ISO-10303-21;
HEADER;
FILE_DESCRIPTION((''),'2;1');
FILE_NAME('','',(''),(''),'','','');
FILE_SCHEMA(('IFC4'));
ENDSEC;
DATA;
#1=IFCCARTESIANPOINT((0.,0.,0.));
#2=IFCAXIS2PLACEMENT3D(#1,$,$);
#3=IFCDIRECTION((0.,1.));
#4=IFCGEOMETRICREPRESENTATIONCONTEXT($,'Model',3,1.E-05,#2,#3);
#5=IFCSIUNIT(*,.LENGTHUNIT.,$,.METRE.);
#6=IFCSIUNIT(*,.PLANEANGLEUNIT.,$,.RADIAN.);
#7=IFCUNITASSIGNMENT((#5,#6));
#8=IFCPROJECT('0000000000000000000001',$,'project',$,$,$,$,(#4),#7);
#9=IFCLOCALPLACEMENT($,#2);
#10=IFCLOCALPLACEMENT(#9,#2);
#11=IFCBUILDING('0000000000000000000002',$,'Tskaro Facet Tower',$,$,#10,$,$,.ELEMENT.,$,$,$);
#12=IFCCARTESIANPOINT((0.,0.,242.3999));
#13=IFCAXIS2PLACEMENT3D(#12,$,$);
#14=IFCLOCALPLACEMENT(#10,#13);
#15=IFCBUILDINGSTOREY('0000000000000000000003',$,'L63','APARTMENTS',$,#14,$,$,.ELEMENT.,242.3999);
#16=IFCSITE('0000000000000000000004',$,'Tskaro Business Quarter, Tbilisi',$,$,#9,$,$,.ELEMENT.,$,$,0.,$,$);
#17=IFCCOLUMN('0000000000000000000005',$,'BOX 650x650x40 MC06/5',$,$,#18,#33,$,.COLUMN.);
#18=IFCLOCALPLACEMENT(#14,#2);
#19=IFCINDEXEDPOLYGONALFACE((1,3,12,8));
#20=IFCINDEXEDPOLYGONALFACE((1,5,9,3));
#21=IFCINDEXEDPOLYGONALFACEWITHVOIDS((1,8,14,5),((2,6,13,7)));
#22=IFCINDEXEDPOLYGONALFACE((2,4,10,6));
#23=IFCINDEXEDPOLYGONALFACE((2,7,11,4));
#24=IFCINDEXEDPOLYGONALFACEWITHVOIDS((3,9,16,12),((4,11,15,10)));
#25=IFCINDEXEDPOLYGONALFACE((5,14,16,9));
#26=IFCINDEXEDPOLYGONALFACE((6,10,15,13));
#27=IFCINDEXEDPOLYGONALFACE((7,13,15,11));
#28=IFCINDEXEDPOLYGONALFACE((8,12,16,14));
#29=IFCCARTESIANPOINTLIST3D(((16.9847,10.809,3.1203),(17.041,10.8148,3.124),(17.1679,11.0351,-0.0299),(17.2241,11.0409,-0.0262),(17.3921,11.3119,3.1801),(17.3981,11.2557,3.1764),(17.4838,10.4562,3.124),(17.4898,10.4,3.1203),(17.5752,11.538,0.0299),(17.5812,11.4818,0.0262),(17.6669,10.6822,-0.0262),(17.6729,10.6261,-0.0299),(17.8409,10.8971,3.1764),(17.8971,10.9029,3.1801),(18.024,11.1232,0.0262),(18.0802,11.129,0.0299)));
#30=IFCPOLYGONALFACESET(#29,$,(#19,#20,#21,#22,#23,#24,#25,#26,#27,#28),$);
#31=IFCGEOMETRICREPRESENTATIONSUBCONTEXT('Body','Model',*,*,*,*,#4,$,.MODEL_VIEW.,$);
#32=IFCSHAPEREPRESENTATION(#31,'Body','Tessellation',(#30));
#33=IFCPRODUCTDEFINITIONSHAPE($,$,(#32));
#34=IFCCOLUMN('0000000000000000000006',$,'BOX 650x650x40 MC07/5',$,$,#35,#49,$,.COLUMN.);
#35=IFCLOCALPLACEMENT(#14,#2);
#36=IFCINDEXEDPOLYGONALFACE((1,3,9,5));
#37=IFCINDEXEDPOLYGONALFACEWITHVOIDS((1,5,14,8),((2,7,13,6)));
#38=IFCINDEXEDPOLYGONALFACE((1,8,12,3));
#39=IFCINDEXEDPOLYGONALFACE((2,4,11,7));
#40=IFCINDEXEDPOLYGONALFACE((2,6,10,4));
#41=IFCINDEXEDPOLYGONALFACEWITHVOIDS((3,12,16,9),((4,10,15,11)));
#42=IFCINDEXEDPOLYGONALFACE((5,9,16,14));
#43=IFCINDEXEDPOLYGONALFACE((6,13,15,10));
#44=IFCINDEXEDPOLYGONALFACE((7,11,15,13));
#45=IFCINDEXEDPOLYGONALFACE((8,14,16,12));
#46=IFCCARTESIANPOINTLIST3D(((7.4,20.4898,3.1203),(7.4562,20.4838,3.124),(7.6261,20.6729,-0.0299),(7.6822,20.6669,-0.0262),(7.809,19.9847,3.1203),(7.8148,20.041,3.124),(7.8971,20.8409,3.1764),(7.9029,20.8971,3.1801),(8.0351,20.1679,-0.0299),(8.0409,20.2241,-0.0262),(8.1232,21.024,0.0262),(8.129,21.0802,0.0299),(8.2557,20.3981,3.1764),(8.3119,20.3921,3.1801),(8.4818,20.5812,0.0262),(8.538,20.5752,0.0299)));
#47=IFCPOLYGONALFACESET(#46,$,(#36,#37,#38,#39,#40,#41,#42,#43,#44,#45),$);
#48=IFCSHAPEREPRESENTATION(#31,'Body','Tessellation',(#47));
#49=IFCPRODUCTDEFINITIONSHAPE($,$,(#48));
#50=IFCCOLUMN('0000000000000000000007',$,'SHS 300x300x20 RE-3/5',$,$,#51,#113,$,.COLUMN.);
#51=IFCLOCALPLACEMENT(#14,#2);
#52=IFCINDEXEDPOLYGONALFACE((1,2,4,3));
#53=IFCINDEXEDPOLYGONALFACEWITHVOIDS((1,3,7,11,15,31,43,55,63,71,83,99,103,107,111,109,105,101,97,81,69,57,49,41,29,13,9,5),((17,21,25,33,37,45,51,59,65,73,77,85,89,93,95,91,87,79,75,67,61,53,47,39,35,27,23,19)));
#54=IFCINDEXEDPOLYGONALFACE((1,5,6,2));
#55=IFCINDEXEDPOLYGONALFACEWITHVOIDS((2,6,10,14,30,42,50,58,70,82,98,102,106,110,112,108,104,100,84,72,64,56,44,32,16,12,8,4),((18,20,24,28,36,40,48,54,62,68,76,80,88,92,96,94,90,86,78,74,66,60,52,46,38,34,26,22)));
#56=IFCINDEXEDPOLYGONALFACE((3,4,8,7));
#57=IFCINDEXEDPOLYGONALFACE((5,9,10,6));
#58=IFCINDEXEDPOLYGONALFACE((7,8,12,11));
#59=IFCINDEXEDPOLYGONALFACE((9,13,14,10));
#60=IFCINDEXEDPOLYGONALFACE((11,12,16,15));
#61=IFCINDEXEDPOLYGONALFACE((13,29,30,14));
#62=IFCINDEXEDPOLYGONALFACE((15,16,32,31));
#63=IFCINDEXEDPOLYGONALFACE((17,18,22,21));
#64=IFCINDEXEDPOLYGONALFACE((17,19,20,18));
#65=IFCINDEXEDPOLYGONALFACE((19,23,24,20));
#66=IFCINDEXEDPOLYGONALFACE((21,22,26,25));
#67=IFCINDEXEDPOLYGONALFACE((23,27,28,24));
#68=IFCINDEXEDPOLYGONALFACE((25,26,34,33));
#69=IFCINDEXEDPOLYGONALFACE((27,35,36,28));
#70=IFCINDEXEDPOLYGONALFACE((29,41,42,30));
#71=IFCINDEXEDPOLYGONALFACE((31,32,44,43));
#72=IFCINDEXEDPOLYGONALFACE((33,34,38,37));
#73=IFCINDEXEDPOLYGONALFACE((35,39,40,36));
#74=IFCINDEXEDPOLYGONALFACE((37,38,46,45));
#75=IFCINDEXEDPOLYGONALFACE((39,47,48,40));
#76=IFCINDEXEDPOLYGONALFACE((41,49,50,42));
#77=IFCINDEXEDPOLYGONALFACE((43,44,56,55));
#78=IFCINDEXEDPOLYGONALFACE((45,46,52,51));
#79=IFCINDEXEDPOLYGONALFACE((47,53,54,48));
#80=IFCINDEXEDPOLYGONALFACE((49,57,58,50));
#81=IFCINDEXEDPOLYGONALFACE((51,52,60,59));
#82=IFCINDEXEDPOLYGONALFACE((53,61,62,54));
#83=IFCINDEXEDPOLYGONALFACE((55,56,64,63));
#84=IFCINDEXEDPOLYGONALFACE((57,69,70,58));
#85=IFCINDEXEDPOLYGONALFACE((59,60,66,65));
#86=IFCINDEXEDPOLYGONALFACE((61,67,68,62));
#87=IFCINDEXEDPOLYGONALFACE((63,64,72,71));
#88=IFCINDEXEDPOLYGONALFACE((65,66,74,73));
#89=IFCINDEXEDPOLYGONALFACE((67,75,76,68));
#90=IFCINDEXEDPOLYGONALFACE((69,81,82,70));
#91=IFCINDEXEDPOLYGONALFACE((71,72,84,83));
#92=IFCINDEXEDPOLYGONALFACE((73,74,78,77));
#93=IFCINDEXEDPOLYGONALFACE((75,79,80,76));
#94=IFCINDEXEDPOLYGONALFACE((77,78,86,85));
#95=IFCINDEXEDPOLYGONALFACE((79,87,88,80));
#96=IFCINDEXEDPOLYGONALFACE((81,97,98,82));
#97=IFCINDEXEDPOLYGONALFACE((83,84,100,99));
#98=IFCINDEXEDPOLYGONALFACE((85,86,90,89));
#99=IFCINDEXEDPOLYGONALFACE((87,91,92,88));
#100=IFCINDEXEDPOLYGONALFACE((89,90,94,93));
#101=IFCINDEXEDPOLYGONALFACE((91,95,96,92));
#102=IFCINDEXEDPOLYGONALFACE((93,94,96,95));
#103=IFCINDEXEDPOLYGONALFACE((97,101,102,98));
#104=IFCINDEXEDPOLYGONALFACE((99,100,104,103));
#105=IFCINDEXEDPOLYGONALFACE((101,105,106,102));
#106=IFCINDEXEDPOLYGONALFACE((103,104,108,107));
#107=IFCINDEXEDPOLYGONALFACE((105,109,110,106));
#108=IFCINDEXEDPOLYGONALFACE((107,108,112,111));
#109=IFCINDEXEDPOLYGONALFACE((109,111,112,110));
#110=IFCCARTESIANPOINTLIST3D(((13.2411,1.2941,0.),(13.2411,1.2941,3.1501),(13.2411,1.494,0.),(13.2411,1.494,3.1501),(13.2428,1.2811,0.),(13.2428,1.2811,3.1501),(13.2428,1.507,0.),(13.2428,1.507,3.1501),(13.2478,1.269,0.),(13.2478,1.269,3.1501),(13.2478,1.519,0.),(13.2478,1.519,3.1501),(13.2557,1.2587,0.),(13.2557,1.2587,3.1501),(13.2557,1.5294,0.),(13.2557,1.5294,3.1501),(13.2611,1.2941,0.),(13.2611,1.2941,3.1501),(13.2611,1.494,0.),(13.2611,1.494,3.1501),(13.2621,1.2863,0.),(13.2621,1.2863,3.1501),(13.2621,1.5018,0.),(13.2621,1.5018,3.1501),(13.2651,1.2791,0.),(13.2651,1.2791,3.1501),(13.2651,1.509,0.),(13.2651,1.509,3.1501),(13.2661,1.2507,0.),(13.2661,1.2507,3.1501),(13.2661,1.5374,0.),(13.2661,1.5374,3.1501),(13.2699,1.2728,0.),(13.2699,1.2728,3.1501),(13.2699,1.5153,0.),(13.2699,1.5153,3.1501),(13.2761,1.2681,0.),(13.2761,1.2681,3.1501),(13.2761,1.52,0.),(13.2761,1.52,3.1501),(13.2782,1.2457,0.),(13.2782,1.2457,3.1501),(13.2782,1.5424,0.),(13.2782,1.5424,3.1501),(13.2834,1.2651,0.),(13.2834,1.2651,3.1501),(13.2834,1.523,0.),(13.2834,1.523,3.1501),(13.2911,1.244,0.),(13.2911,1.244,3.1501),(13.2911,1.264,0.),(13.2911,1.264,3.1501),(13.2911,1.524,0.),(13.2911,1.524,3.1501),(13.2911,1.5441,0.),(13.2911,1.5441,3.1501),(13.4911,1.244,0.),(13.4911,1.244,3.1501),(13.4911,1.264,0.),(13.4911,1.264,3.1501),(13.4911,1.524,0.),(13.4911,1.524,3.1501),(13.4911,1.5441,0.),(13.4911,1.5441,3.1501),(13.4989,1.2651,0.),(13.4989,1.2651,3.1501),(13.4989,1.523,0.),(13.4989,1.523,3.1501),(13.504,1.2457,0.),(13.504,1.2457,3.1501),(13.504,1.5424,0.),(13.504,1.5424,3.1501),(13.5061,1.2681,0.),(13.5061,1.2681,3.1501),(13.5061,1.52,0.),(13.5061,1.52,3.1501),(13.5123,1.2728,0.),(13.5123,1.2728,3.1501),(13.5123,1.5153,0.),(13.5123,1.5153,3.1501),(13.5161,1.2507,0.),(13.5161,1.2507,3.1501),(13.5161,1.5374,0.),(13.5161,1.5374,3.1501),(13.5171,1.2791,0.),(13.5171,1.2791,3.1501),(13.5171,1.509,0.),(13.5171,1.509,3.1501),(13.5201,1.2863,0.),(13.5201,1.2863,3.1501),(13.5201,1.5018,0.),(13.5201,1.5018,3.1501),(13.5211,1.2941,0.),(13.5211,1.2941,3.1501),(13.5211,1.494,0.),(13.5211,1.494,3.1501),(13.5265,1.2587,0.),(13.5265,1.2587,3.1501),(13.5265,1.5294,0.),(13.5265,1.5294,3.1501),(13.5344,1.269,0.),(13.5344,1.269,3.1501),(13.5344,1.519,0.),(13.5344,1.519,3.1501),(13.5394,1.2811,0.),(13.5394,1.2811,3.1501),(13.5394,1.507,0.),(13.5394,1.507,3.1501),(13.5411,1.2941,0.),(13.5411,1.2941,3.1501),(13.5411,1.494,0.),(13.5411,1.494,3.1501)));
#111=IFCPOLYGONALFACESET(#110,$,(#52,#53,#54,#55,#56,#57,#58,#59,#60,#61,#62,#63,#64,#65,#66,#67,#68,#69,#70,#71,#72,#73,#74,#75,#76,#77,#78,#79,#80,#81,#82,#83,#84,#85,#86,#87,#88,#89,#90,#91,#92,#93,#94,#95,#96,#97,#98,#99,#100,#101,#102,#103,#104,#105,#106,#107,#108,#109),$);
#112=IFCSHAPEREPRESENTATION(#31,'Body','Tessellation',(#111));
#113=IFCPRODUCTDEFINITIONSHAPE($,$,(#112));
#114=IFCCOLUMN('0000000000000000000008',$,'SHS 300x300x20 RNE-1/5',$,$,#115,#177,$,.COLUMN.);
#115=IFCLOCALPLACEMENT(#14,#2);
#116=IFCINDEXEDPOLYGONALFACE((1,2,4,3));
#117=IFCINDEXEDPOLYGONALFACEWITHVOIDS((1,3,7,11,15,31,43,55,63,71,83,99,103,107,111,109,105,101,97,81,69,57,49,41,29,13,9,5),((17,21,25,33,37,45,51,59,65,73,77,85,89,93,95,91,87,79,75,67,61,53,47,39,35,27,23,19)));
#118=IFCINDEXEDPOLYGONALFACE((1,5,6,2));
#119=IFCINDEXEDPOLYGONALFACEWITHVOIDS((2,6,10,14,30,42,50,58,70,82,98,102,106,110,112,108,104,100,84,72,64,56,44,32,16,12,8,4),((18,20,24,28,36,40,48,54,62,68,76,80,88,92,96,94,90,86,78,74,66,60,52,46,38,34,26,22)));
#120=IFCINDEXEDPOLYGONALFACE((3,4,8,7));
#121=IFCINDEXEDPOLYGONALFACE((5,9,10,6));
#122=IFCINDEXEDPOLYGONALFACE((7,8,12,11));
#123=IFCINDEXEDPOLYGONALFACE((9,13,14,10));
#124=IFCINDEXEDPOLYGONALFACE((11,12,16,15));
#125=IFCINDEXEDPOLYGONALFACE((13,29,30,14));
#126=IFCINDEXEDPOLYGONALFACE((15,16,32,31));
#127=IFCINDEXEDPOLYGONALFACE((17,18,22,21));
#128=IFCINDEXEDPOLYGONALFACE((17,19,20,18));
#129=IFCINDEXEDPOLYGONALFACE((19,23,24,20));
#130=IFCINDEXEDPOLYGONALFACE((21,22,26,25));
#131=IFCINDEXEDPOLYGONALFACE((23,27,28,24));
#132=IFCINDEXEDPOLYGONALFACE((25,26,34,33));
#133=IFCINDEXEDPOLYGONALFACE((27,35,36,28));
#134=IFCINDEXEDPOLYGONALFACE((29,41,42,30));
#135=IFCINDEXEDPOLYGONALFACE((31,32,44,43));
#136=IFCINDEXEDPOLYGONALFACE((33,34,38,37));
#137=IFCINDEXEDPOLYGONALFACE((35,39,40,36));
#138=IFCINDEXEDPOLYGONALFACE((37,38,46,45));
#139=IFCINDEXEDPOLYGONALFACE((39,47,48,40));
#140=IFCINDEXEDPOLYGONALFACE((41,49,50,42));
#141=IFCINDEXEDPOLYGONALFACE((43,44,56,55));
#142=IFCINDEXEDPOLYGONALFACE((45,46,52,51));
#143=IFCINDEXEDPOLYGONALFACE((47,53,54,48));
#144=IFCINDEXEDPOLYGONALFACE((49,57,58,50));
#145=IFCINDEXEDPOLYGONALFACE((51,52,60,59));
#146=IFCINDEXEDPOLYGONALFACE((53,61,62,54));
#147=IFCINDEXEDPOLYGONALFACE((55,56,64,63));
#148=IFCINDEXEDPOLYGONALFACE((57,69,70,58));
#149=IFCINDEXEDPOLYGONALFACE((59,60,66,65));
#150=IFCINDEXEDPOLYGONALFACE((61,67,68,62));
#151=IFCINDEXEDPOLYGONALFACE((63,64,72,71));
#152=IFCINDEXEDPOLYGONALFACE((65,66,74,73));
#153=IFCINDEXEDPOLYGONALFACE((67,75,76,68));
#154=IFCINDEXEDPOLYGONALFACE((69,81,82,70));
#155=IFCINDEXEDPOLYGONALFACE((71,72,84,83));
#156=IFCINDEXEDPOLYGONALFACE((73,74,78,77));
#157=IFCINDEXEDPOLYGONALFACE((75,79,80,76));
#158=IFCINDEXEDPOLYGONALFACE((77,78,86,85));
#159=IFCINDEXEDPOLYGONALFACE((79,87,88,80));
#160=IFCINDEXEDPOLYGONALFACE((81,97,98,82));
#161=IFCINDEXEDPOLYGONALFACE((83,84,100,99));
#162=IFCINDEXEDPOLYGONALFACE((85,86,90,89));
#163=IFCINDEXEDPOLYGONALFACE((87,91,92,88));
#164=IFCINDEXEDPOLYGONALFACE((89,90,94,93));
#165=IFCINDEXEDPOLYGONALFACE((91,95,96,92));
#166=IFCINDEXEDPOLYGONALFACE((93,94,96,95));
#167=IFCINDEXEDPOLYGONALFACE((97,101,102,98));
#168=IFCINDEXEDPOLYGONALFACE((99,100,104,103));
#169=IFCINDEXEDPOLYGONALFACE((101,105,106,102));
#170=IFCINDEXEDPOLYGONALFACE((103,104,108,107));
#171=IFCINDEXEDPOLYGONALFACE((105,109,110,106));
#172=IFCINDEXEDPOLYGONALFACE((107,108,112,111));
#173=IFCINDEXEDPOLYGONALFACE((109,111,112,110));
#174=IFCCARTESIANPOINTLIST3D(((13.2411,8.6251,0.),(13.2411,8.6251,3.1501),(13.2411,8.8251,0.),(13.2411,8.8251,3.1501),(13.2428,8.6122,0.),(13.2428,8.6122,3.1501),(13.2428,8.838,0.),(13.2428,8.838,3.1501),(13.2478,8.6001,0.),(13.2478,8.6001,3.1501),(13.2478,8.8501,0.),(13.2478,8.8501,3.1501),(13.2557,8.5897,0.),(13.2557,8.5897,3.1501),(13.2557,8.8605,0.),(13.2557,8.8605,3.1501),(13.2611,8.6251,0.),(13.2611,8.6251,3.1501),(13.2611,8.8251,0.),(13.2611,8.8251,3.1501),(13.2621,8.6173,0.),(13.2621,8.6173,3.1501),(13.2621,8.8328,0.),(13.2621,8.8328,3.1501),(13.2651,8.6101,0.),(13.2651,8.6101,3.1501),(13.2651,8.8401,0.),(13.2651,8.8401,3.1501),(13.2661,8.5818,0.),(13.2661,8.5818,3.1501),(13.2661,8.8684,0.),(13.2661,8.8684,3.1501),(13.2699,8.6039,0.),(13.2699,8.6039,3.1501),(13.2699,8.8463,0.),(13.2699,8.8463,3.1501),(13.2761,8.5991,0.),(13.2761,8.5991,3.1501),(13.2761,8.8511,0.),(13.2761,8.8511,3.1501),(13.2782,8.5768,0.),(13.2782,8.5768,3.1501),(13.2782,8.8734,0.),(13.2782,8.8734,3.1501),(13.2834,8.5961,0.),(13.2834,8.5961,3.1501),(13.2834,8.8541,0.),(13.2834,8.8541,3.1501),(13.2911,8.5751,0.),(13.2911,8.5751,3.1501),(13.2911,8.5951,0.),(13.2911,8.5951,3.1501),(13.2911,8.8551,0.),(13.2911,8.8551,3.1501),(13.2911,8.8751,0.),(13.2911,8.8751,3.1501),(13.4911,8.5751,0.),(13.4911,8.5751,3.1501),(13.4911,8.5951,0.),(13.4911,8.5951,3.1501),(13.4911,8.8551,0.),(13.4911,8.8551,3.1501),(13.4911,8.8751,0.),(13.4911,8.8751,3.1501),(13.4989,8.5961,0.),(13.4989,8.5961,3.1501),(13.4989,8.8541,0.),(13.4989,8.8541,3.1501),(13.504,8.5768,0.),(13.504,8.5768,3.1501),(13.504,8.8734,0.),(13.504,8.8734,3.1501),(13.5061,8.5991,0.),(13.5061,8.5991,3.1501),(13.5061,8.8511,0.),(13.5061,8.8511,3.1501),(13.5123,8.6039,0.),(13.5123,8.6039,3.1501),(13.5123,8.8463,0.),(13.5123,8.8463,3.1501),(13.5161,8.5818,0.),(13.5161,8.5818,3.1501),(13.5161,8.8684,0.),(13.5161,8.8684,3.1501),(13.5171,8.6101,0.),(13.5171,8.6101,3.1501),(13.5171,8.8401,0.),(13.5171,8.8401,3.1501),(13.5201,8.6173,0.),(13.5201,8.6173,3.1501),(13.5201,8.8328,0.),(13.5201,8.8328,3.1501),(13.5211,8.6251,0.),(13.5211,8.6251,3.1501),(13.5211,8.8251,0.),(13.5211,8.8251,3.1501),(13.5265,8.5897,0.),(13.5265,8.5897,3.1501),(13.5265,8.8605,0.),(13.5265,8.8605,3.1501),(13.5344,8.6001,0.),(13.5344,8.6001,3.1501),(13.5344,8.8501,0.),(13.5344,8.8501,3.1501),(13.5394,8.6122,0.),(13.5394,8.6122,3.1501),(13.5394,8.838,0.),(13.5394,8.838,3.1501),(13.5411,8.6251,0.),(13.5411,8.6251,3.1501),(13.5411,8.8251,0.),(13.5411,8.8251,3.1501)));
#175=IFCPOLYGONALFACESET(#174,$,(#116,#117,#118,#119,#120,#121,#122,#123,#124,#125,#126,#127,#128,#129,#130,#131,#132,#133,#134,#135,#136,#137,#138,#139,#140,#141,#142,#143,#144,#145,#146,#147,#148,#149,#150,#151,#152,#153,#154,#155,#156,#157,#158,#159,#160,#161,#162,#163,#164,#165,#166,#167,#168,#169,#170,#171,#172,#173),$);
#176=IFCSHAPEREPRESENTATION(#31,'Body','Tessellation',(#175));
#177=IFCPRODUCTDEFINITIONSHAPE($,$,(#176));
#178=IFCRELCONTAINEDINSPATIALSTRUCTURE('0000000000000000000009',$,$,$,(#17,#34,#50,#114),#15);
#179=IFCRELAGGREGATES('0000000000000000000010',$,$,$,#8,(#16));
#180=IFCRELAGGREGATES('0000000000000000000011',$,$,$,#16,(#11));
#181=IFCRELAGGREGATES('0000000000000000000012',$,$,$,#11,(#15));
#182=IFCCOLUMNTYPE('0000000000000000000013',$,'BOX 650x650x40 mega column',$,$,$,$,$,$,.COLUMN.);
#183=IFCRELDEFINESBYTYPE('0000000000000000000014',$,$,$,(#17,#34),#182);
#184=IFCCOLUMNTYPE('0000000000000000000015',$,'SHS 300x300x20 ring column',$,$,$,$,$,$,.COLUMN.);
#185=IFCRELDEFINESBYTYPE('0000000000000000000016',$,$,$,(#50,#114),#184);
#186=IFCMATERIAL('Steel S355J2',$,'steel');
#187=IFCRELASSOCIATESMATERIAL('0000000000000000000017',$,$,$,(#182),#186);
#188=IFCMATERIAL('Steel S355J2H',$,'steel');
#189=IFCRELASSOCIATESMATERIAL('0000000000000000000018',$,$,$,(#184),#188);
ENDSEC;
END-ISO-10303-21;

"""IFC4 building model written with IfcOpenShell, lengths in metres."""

from ifc_helpers import new_model, si_unit, direction, frame, origin, origin_2d, place, context, subcontext, project, spatial, hollow_rectangle, extrude, material, material_profile, profile_set, type_object, element, save


model = new_model("IFC4")

# Units and contexts
model_context = context("Model", 3, precision=1e-05, world=origin(), true_north=direction((0.0, 1.0)))
body_context = subcontext(model_context, "Body", "Model", "MODEL_VIEW")
ifc_project = project(units=[si_unit("LENGTHUNIT", "METRE"), si_unit("PLANEANGLEUNIT", "RADIAN")], contexts=[model_context])

# Site, building, storey
site_placement = place(None, origin())
site = spatial("IfcSite", under=ifc_project, at=site_placement, Name="Tskaro Business Quarter, Tbilisi", CompositionType="ELEMENT", RefElevation=0.0)
building_placement = place(site_placement, origin())
building = spatial("IfcBuilding", under=site, at=building_placement, Name="Tskaro Facet Tower", CompositionType="ELEMENT")
storey_placement = place(building_placement, frame((0.0, 0.0, 242.3999)))
storey = spatial("IfcBuildingStorey", under=building, at=storey_placement, Name="L63", Description="APARTMENTS", CompositionType="ELEMENT", Elevation=242.3999)

# Columns
ifc_material_1 = material(Name="Steel S355J2", Category="steel")
ifc_material_profile_1 = material_profile(ifc_material_1, hollow_rectangle(XDim=0.6499, YDim=0.6499, WallThickness=0.04, at=origin_2d()), Name="BOX 650x650x40")
ifc_profile_set_1 = profile_set([ifc_material_profile_1], Name="Steel S355J2")
column_type_1 = type_object("IfcColumnType", Name="BOX 650x650x40 mega column", PredefinedType="COLUMN", material=ifc_profile_set_1)
for number, where, z_axis, x_axis, name in (
    (1, (17.624, 11.082, 0.0), (-0.05788, -0.071462, 0.995763), (0.777089, -0.629391, 0.0), "BOX 650x650x40 MC06/5"),
    (2, (8.082, 20.624, 0.0), (-0.071462, -0.05788, 0.995763), (0.629391, -0.777089, 0.0), "BOX 650x650x40 MC07/5"),
):
    element("IfcColumn", number, at=place(storey_placement, frame(where, z_axis=z_axis, x_axis=x_axis)), inside=storey, type_object=column_type_1, Name=name, PredefinedType="COLUMN", context=body_context, shape_type="SweptSolid", body=[
        extrude(hollow_rectangle(XDim=0.6499, YDim=0.6499, WallThickness=0.04, at=origin_2d()), origin(), (0.0, 0.0, 1.0), 3.1636),
    ])
ifc_material_2 = material(Name="Steel S355J2H", Category="steel")
ifc_material_profile_2 = material_profile(ifc_material_2, hollow_rectangle(XDim=0.3, YDim=0.3, WallThickness=0.02, InnerFilletRadius=0.03, OuterFilletRadius=0.05, at=origin_2d()), Name="SHS 300x300x20")
ifc_profile_set_2 = profile_set([ifc_material_profile_2], Name="Steel S355J2H")
column_type_2 = type_object("IfcColumnType", Name="SHS 300x300x20 ring column", PredefinedType="COLUMN", material=ifc_profile_set_2)
for number, where, z_axis, x_axis, name in (
    (3, (13.3911, 1.394, 0.0), (0.0, 0.0, 1.0), (1.0, 0.0, 0.0), "SHS 300x300x20 RE-3/5"),
    (4, (13.3911, 8.7251, 0.0), (0.0, 0.0, 1.0), (1.0, 0.0, 0.0), "SHS 300x300x20 RNE-1/5"),
):
    element("IfcColumn", number, at=place(storey_placement, frame(where, z_axis=z_axis, x_axis=x_axis)), inside=storey, type_object=column_type_2, Name=name, PredefinedType="COLUMN", context=body_context, shape_type="SweptSolid", body=[
        extrude(hollow_rectangle(XDim=0.3, YDim=0.3, WallThickness=0.02, InnerFilletRadius=0.03, OuterFilletRadius=0.05, at=origin_2d()), origin(), (0.0, 0.0, 1.0), 3.1501),
    ])

save(model, "model.ifc")
